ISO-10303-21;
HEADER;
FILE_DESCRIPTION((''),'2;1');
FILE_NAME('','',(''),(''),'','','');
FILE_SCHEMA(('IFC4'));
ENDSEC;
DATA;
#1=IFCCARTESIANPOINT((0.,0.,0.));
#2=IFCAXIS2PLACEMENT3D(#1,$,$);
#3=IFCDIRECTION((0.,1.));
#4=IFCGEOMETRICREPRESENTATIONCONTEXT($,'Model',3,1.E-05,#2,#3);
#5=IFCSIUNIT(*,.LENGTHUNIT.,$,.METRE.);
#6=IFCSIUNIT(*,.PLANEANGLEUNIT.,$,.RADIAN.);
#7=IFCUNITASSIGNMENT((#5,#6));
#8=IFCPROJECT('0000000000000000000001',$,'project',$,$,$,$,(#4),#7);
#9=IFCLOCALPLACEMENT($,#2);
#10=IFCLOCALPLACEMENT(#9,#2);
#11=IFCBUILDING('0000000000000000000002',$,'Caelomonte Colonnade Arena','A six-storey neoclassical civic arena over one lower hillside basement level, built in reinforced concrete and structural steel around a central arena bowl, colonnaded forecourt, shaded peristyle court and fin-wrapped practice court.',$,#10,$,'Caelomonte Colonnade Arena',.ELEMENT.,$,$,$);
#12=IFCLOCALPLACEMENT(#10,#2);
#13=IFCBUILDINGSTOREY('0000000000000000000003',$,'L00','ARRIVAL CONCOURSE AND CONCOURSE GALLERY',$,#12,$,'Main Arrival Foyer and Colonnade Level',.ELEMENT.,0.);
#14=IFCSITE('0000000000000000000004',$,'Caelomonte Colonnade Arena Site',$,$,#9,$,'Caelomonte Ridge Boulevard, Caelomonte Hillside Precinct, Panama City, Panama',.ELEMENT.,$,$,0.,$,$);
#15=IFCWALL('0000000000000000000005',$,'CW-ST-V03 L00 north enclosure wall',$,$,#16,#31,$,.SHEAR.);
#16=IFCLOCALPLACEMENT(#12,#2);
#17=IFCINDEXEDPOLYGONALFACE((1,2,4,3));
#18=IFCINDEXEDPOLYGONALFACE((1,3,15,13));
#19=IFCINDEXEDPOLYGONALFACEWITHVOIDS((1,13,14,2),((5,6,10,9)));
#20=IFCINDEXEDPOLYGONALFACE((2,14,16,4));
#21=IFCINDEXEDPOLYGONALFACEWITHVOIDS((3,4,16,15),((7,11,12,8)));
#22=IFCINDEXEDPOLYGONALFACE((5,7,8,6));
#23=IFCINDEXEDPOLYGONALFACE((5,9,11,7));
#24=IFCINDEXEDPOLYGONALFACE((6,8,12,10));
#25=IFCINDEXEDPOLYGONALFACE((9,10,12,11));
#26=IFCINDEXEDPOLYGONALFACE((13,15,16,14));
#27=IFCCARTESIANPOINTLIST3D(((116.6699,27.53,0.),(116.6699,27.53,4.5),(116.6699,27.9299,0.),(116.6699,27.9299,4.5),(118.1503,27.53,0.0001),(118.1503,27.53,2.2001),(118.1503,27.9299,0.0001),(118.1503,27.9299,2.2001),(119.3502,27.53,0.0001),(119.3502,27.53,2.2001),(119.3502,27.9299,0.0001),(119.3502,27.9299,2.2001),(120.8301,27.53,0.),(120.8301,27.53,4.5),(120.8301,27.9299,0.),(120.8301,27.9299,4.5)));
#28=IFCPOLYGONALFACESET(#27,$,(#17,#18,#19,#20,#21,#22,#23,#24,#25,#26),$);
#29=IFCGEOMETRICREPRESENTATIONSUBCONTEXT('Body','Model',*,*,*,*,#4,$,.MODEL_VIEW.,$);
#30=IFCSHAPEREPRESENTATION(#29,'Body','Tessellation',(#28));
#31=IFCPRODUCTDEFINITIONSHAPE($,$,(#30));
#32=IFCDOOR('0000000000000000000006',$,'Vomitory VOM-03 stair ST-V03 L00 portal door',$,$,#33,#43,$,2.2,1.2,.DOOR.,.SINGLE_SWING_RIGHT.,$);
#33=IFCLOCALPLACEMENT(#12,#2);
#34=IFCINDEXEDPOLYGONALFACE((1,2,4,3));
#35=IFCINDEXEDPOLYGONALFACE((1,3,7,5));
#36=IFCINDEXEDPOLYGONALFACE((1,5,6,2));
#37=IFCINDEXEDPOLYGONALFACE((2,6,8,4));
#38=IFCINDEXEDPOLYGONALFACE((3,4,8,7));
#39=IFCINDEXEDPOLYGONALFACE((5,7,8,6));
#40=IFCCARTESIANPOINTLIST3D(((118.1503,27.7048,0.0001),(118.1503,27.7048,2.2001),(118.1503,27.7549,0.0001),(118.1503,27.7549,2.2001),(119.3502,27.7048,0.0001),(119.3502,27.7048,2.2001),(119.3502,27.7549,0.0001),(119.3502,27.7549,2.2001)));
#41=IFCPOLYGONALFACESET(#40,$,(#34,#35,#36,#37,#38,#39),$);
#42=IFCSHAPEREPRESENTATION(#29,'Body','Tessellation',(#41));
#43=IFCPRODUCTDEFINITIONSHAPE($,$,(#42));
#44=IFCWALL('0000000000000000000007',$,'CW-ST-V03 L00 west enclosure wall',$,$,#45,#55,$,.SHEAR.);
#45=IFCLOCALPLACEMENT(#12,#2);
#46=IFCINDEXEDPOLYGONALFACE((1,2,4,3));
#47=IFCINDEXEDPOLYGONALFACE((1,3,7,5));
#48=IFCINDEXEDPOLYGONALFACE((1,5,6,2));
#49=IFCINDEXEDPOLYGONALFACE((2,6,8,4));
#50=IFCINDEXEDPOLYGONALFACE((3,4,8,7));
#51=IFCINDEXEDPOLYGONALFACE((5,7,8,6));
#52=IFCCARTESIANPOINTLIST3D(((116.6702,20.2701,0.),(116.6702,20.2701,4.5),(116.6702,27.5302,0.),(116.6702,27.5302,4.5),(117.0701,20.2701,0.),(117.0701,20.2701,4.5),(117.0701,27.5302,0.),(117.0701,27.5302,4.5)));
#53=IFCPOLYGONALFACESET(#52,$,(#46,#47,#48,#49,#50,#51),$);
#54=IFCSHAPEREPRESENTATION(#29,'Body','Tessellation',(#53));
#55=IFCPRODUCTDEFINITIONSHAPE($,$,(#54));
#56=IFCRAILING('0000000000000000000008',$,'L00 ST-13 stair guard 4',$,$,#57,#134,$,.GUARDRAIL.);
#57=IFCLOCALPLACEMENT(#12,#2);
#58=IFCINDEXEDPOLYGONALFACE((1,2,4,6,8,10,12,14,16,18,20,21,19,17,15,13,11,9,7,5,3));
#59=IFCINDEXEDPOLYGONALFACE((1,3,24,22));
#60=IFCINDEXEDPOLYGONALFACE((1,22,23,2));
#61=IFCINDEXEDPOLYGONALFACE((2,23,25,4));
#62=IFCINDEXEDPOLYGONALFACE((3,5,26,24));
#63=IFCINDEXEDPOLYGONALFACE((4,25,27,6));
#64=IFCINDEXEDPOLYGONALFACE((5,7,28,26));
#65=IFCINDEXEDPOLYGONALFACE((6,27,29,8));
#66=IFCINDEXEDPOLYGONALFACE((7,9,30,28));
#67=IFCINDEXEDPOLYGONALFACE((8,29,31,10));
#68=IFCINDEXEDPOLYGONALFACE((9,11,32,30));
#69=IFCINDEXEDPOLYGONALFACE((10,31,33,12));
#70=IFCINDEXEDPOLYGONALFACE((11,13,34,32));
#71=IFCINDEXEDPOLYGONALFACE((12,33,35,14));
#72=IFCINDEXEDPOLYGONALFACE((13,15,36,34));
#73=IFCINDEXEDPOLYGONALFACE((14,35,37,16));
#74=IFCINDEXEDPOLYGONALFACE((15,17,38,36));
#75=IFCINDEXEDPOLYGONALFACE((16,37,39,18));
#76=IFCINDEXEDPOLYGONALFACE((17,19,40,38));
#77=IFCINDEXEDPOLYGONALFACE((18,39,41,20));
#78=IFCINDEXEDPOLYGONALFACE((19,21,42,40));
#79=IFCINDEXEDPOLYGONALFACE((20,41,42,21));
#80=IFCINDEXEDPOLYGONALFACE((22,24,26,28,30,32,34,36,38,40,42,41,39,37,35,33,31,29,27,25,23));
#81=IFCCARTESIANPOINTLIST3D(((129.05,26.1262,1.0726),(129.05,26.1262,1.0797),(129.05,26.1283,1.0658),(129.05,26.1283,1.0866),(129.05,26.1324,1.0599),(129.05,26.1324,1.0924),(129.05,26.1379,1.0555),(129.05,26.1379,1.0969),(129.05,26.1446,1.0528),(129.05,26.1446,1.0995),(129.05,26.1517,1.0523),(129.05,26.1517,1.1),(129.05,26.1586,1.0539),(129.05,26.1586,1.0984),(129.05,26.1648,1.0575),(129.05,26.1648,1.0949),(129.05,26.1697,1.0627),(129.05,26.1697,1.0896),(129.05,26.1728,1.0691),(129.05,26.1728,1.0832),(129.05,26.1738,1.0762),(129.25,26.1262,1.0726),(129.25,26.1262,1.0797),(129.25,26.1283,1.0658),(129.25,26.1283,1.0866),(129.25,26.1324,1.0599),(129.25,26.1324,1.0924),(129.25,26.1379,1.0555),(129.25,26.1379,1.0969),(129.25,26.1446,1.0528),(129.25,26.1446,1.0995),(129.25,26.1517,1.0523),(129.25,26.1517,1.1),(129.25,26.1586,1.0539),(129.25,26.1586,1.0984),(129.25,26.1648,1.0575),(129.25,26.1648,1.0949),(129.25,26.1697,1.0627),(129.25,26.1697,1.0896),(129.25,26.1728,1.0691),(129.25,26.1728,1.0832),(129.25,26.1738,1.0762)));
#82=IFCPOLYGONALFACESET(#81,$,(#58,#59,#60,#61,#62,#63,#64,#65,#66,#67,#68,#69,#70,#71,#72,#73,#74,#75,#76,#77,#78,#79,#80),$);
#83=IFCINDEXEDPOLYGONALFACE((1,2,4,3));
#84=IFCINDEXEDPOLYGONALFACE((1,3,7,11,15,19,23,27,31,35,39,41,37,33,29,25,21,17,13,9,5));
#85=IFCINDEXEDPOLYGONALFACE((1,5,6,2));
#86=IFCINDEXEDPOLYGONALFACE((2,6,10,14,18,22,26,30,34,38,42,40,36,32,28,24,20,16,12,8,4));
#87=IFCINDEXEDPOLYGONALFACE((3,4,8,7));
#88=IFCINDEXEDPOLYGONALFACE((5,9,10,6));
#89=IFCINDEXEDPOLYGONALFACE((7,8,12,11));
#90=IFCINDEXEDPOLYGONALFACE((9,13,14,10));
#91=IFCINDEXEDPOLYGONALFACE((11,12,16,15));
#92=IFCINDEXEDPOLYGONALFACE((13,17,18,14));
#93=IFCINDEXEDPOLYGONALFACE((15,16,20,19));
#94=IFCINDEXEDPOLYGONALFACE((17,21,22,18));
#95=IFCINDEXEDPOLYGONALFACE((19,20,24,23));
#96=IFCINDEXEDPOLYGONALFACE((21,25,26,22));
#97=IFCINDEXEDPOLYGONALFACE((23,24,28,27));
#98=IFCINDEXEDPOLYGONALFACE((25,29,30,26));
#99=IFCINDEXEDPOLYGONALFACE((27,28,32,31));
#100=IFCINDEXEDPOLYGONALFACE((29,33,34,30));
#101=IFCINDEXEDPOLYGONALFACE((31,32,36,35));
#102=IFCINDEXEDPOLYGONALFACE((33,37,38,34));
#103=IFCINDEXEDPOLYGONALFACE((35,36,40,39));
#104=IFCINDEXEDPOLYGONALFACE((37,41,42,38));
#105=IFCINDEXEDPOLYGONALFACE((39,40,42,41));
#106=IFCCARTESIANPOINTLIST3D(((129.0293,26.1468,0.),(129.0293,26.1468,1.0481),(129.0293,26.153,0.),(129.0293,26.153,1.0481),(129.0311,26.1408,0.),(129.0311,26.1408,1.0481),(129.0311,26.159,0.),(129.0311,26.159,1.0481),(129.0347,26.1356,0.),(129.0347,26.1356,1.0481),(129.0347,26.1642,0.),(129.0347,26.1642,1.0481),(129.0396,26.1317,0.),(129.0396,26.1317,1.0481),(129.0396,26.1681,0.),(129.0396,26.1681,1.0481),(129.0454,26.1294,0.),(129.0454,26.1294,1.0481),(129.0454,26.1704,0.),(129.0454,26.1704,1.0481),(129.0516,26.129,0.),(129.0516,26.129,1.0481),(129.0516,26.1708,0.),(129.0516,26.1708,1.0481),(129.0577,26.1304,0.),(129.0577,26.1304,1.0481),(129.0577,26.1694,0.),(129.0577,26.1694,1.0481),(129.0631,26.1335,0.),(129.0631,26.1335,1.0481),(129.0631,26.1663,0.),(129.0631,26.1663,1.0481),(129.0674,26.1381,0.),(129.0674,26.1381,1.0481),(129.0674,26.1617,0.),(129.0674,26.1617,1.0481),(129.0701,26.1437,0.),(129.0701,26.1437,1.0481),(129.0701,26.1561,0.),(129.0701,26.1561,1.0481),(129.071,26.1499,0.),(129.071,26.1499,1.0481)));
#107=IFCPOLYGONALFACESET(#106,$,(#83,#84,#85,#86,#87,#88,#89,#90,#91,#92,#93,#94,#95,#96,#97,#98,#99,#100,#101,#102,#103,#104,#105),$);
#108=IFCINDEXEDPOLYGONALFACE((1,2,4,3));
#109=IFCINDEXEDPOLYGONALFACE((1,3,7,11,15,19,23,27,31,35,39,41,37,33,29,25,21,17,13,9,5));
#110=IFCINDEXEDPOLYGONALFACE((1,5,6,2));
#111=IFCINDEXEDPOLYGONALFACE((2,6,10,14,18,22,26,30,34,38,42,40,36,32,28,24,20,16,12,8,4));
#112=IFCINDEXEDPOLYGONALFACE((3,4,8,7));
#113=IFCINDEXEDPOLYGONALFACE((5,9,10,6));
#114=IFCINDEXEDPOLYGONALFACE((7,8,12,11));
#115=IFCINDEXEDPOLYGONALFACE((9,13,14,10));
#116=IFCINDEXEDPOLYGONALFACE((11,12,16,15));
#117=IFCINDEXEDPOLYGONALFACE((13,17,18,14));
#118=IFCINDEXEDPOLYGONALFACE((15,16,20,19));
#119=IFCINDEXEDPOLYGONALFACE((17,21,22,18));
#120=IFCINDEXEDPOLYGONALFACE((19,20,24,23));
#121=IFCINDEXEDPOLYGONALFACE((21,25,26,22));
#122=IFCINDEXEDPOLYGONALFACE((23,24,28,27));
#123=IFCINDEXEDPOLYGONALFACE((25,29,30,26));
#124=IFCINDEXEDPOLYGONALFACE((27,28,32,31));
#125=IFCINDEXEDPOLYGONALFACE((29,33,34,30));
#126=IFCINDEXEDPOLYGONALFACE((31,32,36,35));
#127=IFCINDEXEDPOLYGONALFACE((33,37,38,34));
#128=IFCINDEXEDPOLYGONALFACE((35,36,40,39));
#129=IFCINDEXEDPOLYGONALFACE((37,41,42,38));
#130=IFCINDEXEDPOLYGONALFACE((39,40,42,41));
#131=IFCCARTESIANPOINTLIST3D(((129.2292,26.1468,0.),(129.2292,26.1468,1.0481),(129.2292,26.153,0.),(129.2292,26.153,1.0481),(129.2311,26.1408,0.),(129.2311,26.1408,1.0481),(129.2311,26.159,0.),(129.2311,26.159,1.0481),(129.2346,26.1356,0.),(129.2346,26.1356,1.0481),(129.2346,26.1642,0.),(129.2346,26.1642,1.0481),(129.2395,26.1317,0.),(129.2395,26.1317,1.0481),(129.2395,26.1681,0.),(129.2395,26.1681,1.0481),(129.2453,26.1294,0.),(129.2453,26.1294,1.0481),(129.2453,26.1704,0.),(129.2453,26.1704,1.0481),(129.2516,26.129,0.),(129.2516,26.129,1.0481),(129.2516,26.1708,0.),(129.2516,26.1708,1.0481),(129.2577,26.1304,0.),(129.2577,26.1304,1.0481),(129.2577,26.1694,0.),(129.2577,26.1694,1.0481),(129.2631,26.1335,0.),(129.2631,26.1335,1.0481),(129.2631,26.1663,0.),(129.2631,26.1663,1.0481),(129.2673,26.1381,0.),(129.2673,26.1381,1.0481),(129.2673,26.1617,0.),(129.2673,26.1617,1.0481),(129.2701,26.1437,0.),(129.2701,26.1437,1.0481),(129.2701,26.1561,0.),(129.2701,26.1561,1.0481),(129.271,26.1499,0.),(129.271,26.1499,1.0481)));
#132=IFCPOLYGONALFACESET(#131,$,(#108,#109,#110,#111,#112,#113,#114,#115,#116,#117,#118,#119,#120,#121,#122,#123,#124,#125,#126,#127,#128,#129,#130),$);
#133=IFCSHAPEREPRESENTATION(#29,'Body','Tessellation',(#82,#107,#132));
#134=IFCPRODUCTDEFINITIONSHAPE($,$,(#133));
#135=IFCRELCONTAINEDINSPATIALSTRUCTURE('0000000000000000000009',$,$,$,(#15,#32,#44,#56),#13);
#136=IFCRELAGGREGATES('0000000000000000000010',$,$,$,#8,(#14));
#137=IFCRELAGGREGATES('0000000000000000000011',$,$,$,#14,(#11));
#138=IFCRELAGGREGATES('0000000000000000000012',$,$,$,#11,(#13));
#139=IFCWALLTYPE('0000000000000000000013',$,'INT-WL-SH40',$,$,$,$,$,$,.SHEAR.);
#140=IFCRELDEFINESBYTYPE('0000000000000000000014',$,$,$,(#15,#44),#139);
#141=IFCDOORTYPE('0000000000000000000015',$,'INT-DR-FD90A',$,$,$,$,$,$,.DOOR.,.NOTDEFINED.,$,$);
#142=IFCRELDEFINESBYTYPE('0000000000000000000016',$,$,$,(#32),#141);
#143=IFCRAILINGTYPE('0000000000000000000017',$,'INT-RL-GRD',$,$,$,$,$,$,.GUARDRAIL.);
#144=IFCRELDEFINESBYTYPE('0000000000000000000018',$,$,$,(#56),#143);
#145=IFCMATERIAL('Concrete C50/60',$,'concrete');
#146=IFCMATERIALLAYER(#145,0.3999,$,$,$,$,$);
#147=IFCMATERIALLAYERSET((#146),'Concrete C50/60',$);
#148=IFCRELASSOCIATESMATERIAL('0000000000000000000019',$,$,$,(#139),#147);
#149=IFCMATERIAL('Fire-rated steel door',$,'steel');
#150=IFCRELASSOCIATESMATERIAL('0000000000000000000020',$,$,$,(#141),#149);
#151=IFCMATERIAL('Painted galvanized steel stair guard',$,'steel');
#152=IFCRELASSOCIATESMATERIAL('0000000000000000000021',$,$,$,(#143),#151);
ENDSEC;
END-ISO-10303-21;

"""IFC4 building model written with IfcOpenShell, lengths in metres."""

from ifc_helpers import new_model, si_unit, direction, frame, frame_2d, origin, origin_2d, place, context, subcontext, project, spatial, rectangle, circle, extrude, material, layer, layer_set, type_object, element, fill, save


model = new_model("IFC4")

# Units and contexts
model_context = context("Model", 3, precision=1e-05, world=origin(), true_north=direction((0.0, 1.0)))
body_context = subcontext(model_context, "Body", "Model", "MODEL_VIEW")
ifc_project = project(units=[si_unit("LENGTHUNIT", "METRE"), si_unit("PLANEANGLEUNIT", "RADIAN")], contexts=[model_context])

# Site, building, storey
site_placement = place(None, origin())
site = spatial("IfcSite", under=ifc_project, at=site_placement, Name="Caelomonte Colonnade Arena Site", LongName="Caelomonte Ridge Boulevard, Caelomonte Hillside Precinct, Panama City, Panama", CompositionType="ELEMENT", RefElevation=0.0)
building_placement = place(site_placement, origin())
building = spatial("IfcBuilding", under=site, at=building_placement, Name="Caelomonte Colonnade Arena", Description="A six-storey neoclassical civic arena over one lower hillside basement level, built in reinforced concrete and structural steel around a central arena bowl, colonnaded forecourt, shaded peristyle court and fin-wrapped practice court.", LongName="Caelomonte Colonnade Arena", CompositionType="ELEMENT")
storey_placement = place(building_placement, origin())
storey = spatial("IfcBuildingStorey", under=building, at=storey_placement, Name="L00", Description="ARRIVAL CONCOURSE AND CONCOURSE GALLERY", LongName="Main Arrival Foyer and Colonnade Level", CompositionType="ELEMENT", Elevation=0.0)

# Shared definitions
ifc_material_1 = material(Name="Concrete C50/60", Category="concrete")

# Shared definitions
ifc_layer = layer(ifc_material_1, 0.3999)
ifc_layer_set = layer_set([ifc_layer], Name="Concrete C50/60")
wall_type = type_object("IfcWallType", Name="INT-WL-SH40", PredefinedType="SHEAR", material=ifc_layer_set)
ifc_material_2 = material(Name="Fire-rated steel door", Category="steel")
door_type = type_object("IfcDoorType", Name="INT-DR-FD90A", OperationType="NOTDEFINED", PredefinedType="DOOR", material=ifc_material_2)

# Wall, opening, door
wall_1_placement = place(storey_placement, frame((120.8301, 27.73, 0.0), z_axis=(0.0, 0.0, 1.0), x_axis=(-1.0, 0.0, 0.0)))
wall_1 = element("IfcWall", 1, at=wall_1_placement, inside=storey, type_object=wall_type, Name="CW-ST-V03 L00 north enclosure wall", PredefinedType="SHEAR", context=body_context, shape_type="SweptSolid", body=[
    extrude(rectangle(XDim=4.1602, YDim=0.3999, at=frame_2d((2.0801, 0.0))), origin(), (0.0, 0.0, 1.0), 4.5),
])
opening_1_placement = place(wall_1_placement, frame((2.6799, 0.0, 0.0), z_axis=(0.0, 0.0, 1.0), x_axis=(-1.0, 0.0, 0.0)))
opening_1 = element("IfcOpeningElement", 2, at=opening_1_placement, cuts=wall_1, PredefinedType="OPENING", context=body_context, shape_type="SweptSolid", body=[
    extrude(rectangle(XDim=1.2, YDim=2.2, at=frame_2d((0.6001, 1.1001))), frame((0.0, 0.21, 0.0), z_axis=(0.0, -1.0, 0.0), x_axis=(1.0, 0.0, 0.0)), (0.0, 0.0, 1.0), 0.4199),
])
door_1_placement = place(opening_1_placement, origin())
door_1 = element("IfcDoor", 3, at=door_1_placement, inside=storey, type_object=door_type, Name="Vomitory VOM-03 stair ST-V03 L00 portal door", OperationType="SINGLE_SWING_RIGHT", OverallHeight=2.2, OverallWidth=1.2, PredefinedType="DOOR", context=body_context, shape_type="SweptSolid", body=[
    extrude(rectangle(XDim=1.2, YDim=2.2, at=frame_2d((0.6001, 1.1001))), frame((0.0, 0.0249, 0.0), z_axis=(0.0, -1.0, 0.0), x_axis=(1.0, 0.0, 0.0)), (0.0, 0.0, 1.0), 0.05),
])
fill(opening_1, door_1)

# Wall
wall_2_placement = place(storey_placement, frame((116.8701, 27.53, 0.0), z_axis=(0.0, 0.0, 1.0), x_axis=(0.0, -1.0, 0.0)))
element("IfcWall", 4, at=wall_2_placement, inside=storey, type_object=wall_type, Name="CW-ST-V03 L00 west enclosure wall", PredefinedType="SHEAR", context=body_context, shape_type="SweptSolid", body=[
    extrude(rectangle(XDim=7.26, YDim=0.3999, at=frame_2d((3.6299, 0.0))), origin(), (0.0, 0.0, 1.0), 4.5),
])

# Railing
ifc_material_3 = material(Name="Painted galvanized steel stair guard", Category="steel")
railing_type = type_object("IfcRailingType", Name="INT-RL-GRD", PredefinedType="GUARDRAIL", material=ifc_material_3)
railing_placement = place(storey_placement, frame((129.05, 26.1499, 0.0)))
element("IfcRailing", 5, at=railing_placement, inside=storey, type_object=railing_type, Name="L00 ST-13 stair guard 4", PredefinedType="GUARDRAIL", context=body_context, shape_type="SweptSolid", body=[
    extrude(circle(Radius=0.0239, at=origin_2d()), frame((0.0, 0.0, 1.0762), z_axis=(1.0, 0.0, 0.0), x_axis=(0.0, 1.0, 0.0)), (0.0, 0.0, 1.0), 0.2),
    extrude(circle(Radius=0.021, at=origin_2d()), origin(), (0.0, 0.0, 1.0), 1.0481),
    extrude(circle(Radius=0.021, at=origin_2d()), frame((0.2, 0.0, 0.0)), (0.0, 0.0, 1.0), 1.0481),
])

save(model, "model.ifc")
